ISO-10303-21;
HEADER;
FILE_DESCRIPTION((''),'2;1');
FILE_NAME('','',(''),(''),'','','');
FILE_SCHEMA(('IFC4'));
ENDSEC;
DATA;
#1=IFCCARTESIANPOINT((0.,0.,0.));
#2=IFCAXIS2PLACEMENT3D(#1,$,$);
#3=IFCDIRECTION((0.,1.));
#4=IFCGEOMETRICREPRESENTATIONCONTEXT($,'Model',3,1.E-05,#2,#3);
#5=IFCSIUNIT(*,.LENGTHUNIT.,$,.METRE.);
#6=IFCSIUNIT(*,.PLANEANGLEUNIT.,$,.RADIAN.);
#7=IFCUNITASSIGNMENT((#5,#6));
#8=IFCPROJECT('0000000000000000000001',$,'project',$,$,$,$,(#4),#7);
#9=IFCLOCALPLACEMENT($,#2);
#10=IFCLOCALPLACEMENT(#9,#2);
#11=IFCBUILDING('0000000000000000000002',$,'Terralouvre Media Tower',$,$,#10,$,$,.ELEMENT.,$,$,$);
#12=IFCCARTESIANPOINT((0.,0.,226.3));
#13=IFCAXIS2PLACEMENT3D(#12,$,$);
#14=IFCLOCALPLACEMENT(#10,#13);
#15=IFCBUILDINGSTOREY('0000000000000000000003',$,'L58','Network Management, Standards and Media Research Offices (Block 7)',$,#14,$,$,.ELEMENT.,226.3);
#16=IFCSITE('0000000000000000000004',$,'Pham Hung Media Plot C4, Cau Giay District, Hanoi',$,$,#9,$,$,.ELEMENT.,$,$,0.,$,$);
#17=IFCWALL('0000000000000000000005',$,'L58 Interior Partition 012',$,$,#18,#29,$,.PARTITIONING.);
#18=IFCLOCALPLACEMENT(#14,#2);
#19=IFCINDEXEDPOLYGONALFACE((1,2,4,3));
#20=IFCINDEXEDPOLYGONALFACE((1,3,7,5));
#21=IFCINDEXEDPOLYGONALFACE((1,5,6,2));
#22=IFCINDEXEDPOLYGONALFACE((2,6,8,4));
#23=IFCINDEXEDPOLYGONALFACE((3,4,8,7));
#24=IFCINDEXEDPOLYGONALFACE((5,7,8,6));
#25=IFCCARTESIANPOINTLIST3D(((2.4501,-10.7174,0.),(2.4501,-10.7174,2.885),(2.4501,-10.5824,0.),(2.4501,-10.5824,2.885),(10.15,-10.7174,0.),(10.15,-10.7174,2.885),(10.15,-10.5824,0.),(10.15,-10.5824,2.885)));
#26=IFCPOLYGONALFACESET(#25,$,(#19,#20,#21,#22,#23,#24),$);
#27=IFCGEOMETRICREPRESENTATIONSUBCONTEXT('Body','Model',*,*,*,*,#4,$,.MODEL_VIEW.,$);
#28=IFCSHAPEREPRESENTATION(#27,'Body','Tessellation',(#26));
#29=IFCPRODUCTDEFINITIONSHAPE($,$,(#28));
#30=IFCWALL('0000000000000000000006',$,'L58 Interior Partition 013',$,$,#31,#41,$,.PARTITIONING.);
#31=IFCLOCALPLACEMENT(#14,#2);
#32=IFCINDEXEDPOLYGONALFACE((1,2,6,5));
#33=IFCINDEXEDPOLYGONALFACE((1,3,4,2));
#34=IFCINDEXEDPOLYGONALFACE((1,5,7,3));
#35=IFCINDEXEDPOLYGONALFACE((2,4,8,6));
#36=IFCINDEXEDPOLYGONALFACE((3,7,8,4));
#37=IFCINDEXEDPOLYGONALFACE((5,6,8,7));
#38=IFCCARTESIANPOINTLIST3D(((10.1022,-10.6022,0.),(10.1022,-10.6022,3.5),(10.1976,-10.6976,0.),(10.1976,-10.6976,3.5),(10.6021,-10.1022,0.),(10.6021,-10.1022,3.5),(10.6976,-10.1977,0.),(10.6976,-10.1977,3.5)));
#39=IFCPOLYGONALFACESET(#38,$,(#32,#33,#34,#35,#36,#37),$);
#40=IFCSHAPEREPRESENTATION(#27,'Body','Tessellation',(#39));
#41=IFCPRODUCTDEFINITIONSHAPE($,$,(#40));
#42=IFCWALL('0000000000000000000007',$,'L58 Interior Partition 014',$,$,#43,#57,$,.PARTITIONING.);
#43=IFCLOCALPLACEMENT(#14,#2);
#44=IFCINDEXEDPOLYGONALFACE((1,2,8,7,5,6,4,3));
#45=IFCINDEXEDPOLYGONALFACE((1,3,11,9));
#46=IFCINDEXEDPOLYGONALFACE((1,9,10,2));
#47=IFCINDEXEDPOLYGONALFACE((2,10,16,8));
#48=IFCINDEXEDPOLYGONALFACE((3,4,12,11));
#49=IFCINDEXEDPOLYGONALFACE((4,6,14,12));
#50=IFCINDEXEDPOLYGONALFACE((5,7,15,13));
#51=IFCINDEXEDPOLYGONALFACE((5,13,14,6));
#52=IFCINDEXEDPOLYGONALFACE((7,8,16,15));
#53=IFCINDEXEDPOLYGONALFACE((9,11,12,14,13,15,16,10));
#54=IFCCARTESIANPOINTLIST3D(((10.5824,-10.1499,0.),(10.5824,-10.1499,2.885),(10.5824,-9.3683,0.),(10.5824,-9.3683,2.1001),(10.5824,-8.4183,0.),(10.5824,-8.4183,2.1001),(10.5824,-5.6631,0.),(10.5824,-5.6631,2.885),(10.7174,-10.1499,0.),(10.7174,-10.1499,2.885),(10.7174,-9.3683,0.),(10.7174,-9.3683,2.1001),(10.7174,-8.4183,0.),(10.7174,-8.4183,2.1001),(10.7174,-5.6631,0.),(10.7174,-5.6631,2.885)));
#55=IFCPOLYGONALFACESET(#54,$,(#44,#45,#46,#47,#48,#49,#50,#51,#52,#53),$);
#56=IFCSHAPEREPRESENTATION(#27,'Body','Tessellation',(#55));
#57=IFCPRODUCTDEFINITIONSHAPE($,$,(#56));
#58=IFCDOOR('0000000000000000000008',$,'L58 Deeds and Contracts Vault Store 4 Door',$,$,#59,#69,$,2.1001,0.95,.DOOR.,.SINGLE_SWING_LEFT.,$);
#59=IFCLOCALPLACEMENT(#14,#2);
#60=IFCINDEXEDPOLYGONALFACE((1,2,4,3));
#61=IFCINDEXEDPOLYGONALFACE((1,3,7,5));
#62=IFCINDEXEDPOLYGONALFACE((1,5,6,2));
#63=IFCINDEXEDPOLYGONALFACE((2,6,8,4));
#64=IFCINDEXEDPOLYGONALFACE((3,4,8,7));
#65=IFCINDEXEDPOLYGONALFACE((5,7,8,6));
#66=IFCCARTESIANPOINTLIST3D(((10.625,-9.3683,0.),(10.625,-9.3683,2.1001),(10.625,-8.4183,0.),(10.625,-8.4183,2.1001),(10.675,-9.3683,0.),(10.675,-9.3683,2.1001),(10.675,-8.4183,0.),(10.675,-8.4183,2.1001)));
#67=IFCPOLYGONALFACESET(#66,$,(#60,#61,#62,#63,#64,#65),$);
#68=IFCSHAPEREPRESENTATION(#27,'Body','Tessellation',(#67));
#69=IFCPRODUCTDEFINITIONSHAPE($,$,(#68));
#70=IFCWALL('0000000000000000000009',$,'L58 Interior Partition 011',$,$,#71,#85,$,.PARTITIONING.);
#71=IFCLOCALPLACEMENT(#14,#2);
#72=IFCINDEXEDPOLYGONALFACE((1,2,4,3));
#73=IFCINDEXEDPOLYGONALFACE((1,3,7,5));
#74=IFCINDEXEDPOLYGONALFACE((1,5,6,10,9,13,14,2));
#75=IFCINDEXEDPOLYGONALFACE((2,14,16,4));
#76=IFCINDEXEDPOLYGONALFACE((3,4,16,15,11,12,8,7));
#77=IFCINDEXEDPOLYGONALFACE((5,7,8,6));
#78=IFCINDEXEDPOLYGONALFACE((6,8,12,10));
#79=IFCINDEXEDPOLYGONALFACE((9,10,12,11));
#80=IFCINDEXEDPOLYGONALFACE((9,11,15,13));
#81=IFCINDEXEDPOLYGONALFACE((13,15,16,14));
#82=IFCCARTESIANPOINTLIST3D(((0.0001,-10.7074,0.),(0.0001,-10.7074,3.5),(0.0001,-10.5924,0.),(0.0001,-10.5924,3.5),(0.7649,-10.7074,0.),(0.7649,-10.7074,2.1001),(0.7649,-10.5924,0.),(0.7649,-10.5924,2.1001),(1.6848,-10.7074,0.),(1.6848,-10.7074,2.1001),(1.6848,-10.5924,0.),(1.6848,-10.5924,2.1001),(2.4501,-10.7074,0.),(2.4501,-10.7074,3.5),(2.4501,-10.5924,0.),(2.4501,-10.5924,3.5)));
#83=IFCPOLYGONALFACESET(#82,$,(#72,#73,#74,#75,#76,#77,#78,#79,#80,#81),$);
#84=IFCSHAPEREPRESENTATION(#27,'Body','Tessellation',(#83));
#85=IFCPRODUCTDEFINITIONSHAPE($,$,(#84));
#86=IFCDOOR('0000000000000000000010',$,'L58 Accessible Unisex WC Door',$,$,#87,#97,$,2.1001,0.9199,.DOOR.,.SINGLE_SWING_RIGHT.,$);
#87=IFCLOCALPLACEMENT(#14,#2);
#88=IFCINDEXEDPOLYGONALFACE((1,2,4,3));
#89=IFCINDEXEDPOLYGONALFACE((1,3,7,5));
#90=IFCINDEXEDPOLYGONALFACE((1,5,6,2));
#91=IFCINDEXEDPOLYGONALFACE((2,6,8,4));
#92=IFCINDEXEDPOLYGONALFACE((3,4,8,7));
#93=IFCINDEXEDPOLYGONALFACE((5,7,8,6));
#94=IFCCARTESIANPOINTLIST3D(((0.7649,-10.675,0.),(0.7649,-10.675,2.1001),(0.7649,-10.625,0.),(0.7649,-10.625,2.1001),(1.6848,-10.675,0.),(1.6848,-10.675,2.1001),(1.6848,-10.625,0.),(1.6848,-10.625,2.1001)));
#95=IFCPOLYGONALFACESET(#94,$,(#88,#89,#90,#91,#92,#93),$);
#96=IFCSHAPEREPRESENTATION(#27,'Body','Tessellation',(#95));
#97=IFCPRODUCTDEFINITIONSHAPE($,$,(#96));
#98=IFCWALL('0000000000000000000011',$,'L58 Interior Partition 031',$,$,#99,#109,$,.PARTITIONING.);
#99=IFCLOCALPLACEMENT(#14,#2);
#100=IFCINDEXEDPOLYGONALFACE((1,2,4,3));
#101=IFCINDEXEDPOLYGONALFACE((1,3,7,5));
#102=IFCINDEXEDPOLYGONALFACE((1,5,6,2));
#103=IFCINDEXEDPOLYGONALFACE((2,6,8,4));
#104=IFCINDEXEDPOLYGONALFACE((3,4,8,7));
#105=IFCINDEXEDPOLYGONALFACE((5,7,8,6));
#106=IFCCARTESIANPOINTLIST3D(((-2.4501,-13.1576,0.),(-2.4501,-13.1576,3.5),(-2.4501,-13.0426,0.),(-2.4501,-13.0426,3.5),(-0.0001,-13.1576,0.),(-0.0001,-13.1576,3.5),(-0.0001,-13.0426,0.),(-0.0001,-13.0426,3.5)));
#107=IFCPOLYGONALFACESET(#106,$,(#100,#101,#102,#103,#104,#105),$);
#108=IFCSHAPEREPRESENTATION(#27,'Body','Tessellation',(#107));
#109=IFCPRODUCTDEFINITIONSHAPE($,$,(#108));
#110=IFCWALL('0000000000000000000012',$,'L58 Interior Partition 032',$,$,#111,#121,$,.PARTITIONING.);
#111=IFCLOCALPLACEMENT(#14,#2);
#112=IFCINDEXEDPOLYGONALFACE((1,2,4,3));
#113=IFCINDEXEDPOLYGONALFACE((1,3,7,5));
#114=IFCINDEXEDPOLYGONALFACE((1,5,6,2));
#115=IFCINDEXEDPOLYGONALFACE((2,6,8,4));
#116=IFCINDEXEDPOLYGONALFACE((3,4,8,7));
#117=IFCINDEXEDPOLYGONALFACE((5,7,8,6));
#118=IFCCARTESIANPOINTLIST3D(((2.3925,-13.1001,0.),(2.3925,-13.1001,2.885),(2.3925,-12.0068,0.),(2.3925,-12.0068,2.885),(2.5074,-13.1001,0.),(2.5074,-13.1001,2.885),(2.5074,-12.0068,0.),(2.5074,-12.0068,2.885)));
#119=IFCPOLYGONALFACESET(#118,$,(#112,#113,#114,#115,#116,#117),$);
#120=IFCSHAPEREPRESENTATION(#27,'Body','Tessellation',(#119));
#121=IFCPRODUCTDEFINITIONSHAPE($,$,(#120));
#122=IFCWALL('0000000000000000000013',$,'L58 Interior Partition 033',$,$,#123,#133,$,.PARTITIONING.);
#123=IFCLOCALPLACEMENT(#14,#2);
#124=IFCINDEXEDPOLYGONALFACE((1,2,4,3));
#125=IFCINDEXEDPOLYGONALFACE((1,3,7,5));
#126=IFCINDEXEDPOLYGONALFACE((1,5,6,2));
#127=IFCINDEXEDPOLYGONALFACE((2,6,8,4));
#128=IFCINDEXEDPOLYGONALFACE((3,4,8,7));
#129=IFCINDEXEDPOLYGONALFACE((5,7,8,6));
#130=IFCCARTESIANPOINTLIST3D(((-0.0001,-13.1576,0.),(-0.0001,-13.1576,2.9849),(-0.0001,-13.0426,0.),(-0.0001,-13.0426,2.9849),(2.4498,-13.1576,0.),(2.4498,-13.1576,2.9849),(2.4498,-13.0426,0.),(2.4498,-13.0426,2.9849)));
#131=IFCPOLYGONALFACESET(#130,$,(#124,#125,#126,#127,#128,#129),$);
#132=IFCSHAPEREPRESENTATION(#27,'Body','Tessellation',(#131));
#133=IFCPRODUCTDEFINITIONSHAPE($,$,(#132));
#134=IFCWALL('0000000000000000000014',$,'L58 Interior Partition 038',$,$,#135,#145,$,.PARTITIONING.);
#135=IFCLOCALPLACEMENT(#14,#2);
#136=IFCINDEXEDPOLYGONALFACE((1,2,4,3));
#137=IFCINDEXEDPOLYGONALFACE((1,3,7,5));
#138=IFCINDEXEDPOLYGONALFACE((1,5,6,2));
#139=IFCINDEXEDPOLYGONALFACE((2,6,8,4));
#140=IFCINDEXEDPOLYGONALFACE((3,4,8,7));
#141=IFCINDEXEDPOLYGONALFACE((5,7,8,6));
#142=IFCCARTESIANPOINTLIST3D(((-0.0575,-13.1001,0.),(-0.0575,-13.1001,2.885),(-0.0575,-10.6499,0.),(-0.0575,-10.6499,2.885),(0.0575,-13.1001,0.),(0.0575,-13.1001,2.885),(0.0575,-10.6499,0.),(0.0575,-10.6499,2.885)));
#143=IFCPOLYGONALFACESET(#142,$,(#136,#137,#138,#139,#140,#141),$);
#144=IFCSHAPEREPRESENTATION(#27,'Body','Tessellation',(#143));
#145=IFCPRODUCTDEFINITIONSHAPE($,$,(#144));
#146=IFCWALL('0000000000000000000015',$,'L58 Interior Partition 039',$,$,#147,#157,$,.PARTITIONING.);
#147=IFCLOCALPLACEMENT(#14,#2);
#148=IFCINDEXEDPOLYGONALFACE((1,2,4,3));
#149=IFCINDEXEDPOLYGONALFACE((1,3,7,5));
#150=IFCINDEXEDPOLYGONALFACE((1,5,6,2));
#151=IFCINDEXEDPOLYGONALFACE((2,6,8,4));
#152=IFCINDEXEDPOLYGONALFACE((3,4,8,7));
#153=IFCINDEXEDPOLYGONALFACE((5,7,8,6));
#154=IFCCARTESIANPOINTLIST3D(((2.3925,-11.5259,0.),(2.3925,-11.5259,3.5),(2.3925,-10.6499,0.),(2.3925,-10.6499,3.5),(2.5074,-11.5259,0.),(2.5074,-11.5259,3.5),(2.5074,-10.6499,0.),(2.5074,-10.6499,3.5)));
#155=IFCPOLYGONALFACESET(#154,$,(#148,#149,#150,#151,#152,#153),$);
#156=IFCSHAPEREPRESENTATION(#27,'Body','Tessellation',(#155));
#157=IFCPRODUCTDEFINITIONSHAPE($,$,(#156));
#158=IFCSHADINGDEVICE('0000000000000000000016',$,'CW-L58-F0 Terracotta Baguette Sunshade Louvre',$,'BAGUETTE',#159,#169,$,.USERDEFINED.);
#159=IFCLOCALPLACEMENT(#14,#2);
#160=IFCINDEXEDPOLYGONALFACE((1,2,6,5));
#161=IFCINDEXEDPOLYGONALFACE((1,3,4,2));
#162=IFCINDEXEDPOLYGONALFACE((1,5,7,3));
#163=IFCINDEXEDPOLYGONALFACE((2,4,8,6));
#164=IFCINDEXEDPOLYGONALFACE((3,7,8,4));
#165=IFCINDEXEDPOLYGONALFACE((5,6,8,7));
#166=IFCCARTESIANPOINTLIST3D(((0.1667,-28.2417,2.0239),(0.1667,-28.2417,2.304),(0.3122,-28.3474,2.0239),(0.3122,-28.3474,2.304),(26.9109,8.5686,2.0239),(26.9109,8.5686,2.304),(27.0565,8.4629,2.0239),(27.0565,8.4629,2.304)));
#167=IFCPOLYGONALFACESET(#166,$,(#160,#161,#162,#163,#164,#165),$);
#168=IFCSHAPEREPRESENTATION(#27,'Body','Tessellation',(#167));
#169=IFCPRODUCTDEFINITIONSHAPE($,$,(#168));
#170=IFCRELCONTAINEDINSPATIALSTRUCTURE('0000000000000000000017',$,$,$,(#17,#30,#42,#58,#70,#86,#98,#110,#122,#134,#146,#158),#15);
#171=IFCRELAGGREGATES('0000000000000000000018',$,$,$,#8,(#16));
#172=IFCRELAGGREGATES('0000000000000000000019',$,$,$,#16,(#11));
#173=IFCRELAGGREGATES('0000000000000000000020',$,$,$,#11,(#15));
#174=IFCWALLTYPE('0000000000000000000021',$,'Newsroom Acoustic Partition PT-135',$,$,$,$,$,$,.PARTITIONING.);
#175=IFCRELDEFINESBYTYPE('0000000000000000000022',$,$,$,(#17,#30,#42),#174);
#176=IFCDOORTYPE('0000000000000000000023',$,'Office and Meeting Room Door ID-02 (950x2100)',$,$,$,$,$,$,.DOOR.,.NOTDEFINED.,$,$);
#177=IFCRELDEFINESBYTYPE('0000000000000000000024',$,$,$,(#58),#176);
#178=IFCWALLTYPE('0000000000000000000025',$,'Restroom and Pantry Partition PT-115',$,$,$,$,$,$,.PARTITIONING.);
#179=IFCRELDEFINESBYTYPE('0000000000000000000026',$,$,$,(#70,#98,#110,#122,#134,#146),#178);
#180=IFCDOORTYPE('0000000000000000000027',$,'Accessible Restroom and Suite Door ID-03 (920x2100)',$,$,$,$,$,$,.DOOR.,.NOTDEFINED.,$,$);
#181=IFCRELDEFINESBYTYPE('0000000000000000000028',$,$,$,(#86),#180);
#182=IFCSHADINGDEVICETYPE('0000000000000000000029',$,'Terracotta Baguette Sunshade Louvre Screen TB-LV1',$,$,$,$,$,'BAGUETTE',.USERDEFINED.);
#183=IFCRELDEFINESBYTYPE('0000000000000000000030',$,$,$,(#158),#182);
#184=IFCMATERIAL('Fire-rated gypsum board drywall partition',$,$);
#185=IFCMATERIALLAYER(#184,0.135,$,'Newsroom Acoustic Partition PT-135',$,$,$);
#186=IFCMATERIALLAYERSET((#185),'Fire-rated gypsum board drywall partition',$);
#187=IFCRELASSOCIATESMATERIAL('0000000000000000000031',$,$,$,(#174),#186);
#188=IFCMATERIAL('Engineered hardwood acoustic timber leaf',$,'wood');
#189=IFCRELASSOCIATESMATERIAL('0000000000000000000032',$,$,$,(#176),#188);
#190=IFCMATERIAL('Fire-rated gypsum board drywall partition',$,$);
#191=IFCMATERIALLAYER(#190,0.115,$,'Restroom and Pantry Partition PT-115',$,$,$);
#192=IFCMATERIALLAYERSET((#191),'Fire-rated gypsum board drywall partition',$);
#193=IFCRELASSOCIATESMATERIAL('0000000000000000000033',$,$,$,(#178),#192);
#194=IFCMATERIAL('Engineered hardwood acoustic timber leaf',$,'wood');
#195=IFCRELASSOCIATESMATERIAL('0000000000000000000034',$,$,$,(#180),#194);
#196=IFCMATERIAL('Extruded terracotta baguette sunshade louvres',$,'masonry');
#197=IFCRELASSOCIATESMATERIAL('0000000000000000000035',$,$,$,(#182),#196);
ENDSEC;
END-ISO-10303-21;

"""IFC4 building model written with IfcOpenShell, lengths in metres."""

from ifc_helpers import new_model, si_unit, direction, frame, frame_2d, origin, origin_2d, place, context, subcontext, project, spatial, rectangle, extrude, material, layer, layer_set, type_object, element, fill, save


model = new_model("IFC4")

# Units and contexts
model_context = context("Model", 3, precision=1e-05, world=origin(), true_north=direction((0.0, 1.0)))
body_context = subcontext(model_context, "Body", "Model", "MODEL_VIEW")
ifc_project = project(units=[si_unit("LENGTHUNIT", "METRE"), si_unit("PLANEANGLEUNIT", "RADIAN")], contexts=[model_context])

# Site, building, storey
site_placement = place(None, origin())
site = spatial("IfcSite", under=ifc_project, at=site_placement, Name="Pham Hung Media Plot C4, Cau Giay District, Hanoi", CompositionType="ELEMENT", RefElevation=0.0)
building_placement = place(site_placement, origin())
building = spatial("IfcBuilding", under=site, at=building_placement, Name="Terralouvre Media Tower", CompositionType="ELEMENT")
storey_placement = place(building_placement, frame((0.0, 0.0, 226.3)))
storey = spatial("IfcBuildingStorey", under=building, at=storey_placement, Name="L58", Description="Network Management, Standards and Media Research Offices (Block 7)", CompositionType="ELEMENT", Elevation=226.3)

# Walls
ifc_material_1 = material(Name="Fire-rated gypsum board drywall partition")
ifc_layer_1 = layer(ifc_material_1, 0.135, Name="Newsroom Acoustic Partition PT-135")
ifc_layer_set_1 = layer_set([ifc_layer_1], Name="Fire-rated gypsum board drywall partition")
wall_type_1 = type_object("IfcWallType", Name="Newsroom Acoustic Partition PT-135", PredefinedType="PARTITIONING", material=ifc_layer_set_1)
wall_1_placement = place(storey_placement, frame((2.45, -10.6499, 0.0), z_axis=(0.0, 0.0, 1.0), x_axis=(1.0, 0.0, 0.0)))
element("IfcWall", 1, at=wall_1_placement, inside=storey, type_object=wall_type_1, Name="L58 Interior Partition 012", PredefinedType="PARTITIONING", context=body_context, shape_type="SweptSolid", body=[
    extrude(rectangle(XDim=7.7, YDim=0.135, at=frame_2d((3.8501, 0.0))), origin(), (0.0, 0.0, 1.0), 2.885),
])
wall_2_placement = place(storey_placement, frame((10.1499, -10.6499, 0.0), z_axis=(0.0, 0.0, 1.0), x_axis=(0.707107, 0.707107, 0.0)))
element("IfcWall", 2, at=wall_2_placement, inside=storey, type_object=wall_type_1, Name="L58 Interior Partition 013", PredefinedType="PARTITIONING", context=body_context, shape_type="SweptSolid", body=[
    extrude(rectangle(XDim=0.707, YDim=0.135, at=frame_2d((0.3535, 0.0))), origin(), (0.0, 0.0, 1.0), 3.5),
])

# Walls, openings, doors
wall_3_placement = place(storey_placement, frame((10.6499, -10.1499, 0.0), z_axis=(0.0, 0.0, 1.0), x_axis=(0.0, 1.0, 0.0)))
wall_3 = element("IfcWall", 3, at=wall_3_placement, inside=storey, type_object=wall_type_1, Name="L58 Interior Partition 014", PredefinedType="PARTITIONING", context=body_context, shape_type="SweptSolid", body=[
    extrude(rectangle(XDim=4.4868, YDim=0.135, at=frame_2d((2.2434, 0.0))), origin(), (0.0, 0.0, 1.0), 2.885),
])
opening_1_placement = place(wall_3_placement, frame((0.7815, 0.0, 0.0)))
opening_1 = element("IfcOpeningElement", 4, at=opening_1_placement, cuts=wall_3, PredefinedType="OPENING", context=body_context, shape_type="SweptSolid", body=[
    extrude(rectangle(XDim=0.95, YDim=2.1001, at=frame_2d((0.4751, 1.05))), frame((0.0, 0.0774, 0.0), z_axis=(0.0, -1.0, 0.0), x_axis=(1.0, 0.0, 0.0)), (0.0, 0.0, 1.0), 0.155),
])
ifc_material_2 = material(Name="Engineered hardwood acoustic timber leaf", Category="wood")
door_type_1 = type_object("IfcDoorType", Name="Office and Meeting Room Door ID-02 (950x2100)", OperationType="NOTDEFINED", PredefinedType="DOOR", material=ifc_material_2)
door_1_placement = place(opening_1_placement, origin())
door_1 = element("IfcDoor", 5, at=door_1_placement, inside=storey, type_object=door_type_1, Name="L58 Deeds and Contracts Vault Store 4 Door", OperationType="SINGLE_SWING_LEFT", OverallHeight=2.1001, OverallWidth=0.95, PredefinedType="DOOR", context=body_context, shape_type="SweptSolid", body=[
    extrude(rectangle(XDim=0.95, YDim=2.1001, at=frame_2d((0.4751, 1.05))), frame((0.0, 0.0249, 0.0), z_axis=(0.0, -1.0, 0.0), x_axis=(1.0, 0.0, 0.0)), (0.0, 0.0, 1.0), 0.05),
])
fill(opening_1, door_1)
ifc_material_3 = material(Name="Fire-rated gypsum board drywall partition")
ifc_layer_2 = layer(ifc_material_3, 0.115, Name="Restroom and Pantry Partition PT-115")
ifc_layer_set_2 = layer_set([ifc_layer_2], Name="Fire-rated gypsum board drywall partition")
wall_type_2 = type_object("IfcWallType", Name="Restroom and Pantry Partition PT-115", PredefinedType="PARTITIONING", material=ifc_layer_set_2)
wall_4_placement = place(storey_placement, frame((0.0, -10.6499, 0.0), z_axis=(0.0, 0.0, 1.0), x_axis=(1.0, 0.0, 0.0)))
wall_4 = element("IfcWall", 6, at=wall_4_placement, inside=storey, type_object=wall_type_2, Name="L58 Interior Partition 011", PredefinedType="PARTITIONING", context=body_context, shape_type="SweptSolid", body=[
    extrude(rectangle(XDim=2.45, YDim=0.115, at=frame_2d((1.2251, 0.0))), origin(), (0.0, 0.0, 1.0), 3.5),
])
opening_2_placement = place(wall_4_placement, frame((0.7649, 0.0, 0.0)))
opening_2 = element("IfcOpeningElement", 7, at=opening_2_placement, cuts=wall_4, PredefinedType="OPENING", context=body_context, shape_type="SweptSolid", body=[
    extrude(rectangle(XDim=0.9199, YDim=2.1001, at=frame_2d((0.46, 1.05))), frame((0.0, 0.0674, 0.0), z_axis=(0.0, -1.0, 0.0), x_axis=(1.0, 0.0, 0.0)), (0.0, 0.0, 1.0), 0.135),
])
ifc_material_4 = material(Name="Engineered hardwood acoustic timber leaf", Category="wood")
door_type_2 = type_object("IfcDoorType", Name="Accessible Restroom and Suite Door ID-03 (920x2100)", OperationType="NOTDEFINED", PredefinedType="DOOR", material=ifc_material_4)
door_2_placement = place(opening_2_placement, origin())
door_2 = element("IfcDoor", 8, at=door_2_placement, inside=storey, type_object=door_type_2, Name="L58 Accessible Unisex WC Door", OperationType="SINGLE_SWING_RIGHT", OverallHeight=2.1001, OverallWidth=0.9199, PredefinedType="DOOR", context=body_context, shape_type="SweptSolid", body=[
    extrude(rectangle(XDim=0.9199, YDim=2.1001, at=frame_2d((0.46, 1.05))), frame((0.0, 0.0249, 0.0), z_axis=(0.0, -1.0, 0.0), x_axis=(1.0, 0.0, 0.0)), (0.0, 0.0, 1.0), 0.05),
])
fill(opening_2, door_2)

# Walls
wall_5_placement = place(storey_placement, frame((0.0, -13.1001, 0.0), z_axis=(0.0, 0.0, 1.0), x_axis=(-1.0, 0.0, 0.0)))
element("IfcWall", 9, at=wall_5_placement, inside=storey, type_object=wall_type_2, Name="L58 Interior Partition 031", PredefinedType="PARTITIONING", context=body_context, shape_type="SweptSolid", body=[
    extrude(rectangle(XDim=2.45, YDim=0.115, at=frame_2d((1.2251, 0.0))), origin(), (0.0, 0.0, 1.0), 3.5),
])
wall_6_placement = place(storey_placement, frame((2.45, -12.0068, 0.0), z_axis=(0.0, 0.0, 1.0), x_axis=(0.0, -1.0, 0.0)))
element("IfcWall", 10, at=wall_6_placement, inside=storey, type_object=wall_type_2, Name="L58 Interior Partition 032", PredefinedType="PARTITIONING", context=body_context, shape_type="SweptSolid", body=[
    extrude(rectangle(XDim=1.0933, YDim=0.115, at=frame_2d((0.5466, 0.0))), origin(), (0.0, 0.0, 1.0), 2.885),
])
wall_7_placement = place(storey_placement, frame((2.45, -13.1001, 0.0), z_axis=(0.0, 0.0, 1.0), x_axis=(-1.0, 0.0, 0.0)))
element("IfcWall", 11, at=wall_7_placement, inside=storey, type_object=wall_type_2, Name="L58 Interior Partition 033", PredefinedType="PARTITIONING", context=body_context, shape_type="SweptSolid", body=[
    extrude(rectangle(XDim=2.45, YDim=0.115, at=frame_2d((1.2251, 0.0))), origin(), (0.0, 0.0, 1.0), 2.9849),
])
wall_8_placement = place(storey_placement, frame((0.0, -13.1001, 0.0), z_axis=(0.0, 0.0, 1.0), x_axis=(0.0, 1.0, 0.0)))
element("IfcWall", 12, at=wall_8_placement, inside=storey, type_object=wall_type_2, Name="L58 Interior Partition 038", PredefinedType="PARTITIONING", context=body_context, shape_type="SweptSolid", body=[
    extrude(rectangle(XDim=2.4502, YDim=0.115, at=frame_2d((1.2251, 0.0))), origin(), (0.0, 0.0, 1.0), 2.885),
])
wall_9_placement = place(storey_placement, frame((2.45, -11.5259, 0.0), z_axis=(0.0, 0.0, 1.0), x_axis=(0.0, 1.0, 0.0)))
element("IfcWall", 13, at=wall_9_placement, inside=storey, type_object=wall_type_2, Name="L58 Interior Partition 039", PredefinedType="PARTITIONING", context=body_context, shape_type="SweptSolid", body=[
    extrude(rectangle(XDim=0.876, YDim=0.115, at=frame_2d((0.438, 0.0))), origin(), (0.0, 0.0, 1.0), 3.5),
])

# Shading device
ifc_material_5 = material(Name="Extruded terracotta baguette sunshade louvres", Category="masonry")
shading_device_type = type_object("IfcShadingDeviceType", Name="Terracotta Baguette Sunshade Louvre Screen TB-LV1", ElementType="BAGUETTE", PredefinedType="USERDEFINED", material=ifc_material_5)
shading_device_placement = place(storey_placement, frame((13.6116, -9.8894, 2.0239), z_axis=(0.0, 0.0, 1.0), x_axis=(0.587785, 0.809017, 0.0)))
element("IfcShadingDevice", 14, at=shading_device_placement, inside=storey, type_object=shading_device_type, Name="CW-L58-F0 Terracotta Baguette Sunshade Louvre", ObjectType="BAGUETTE", PredefinedType="USERDEFINED", context=body_context, shape_type="SweptSolid", body=[
    extrude(rectangle(XDim=45.5, YDim=0.1799, at=origin_2d()), origin(), (0.0, 0.0, 1.0), 0.28),
])

save(model, "model.ifc")
